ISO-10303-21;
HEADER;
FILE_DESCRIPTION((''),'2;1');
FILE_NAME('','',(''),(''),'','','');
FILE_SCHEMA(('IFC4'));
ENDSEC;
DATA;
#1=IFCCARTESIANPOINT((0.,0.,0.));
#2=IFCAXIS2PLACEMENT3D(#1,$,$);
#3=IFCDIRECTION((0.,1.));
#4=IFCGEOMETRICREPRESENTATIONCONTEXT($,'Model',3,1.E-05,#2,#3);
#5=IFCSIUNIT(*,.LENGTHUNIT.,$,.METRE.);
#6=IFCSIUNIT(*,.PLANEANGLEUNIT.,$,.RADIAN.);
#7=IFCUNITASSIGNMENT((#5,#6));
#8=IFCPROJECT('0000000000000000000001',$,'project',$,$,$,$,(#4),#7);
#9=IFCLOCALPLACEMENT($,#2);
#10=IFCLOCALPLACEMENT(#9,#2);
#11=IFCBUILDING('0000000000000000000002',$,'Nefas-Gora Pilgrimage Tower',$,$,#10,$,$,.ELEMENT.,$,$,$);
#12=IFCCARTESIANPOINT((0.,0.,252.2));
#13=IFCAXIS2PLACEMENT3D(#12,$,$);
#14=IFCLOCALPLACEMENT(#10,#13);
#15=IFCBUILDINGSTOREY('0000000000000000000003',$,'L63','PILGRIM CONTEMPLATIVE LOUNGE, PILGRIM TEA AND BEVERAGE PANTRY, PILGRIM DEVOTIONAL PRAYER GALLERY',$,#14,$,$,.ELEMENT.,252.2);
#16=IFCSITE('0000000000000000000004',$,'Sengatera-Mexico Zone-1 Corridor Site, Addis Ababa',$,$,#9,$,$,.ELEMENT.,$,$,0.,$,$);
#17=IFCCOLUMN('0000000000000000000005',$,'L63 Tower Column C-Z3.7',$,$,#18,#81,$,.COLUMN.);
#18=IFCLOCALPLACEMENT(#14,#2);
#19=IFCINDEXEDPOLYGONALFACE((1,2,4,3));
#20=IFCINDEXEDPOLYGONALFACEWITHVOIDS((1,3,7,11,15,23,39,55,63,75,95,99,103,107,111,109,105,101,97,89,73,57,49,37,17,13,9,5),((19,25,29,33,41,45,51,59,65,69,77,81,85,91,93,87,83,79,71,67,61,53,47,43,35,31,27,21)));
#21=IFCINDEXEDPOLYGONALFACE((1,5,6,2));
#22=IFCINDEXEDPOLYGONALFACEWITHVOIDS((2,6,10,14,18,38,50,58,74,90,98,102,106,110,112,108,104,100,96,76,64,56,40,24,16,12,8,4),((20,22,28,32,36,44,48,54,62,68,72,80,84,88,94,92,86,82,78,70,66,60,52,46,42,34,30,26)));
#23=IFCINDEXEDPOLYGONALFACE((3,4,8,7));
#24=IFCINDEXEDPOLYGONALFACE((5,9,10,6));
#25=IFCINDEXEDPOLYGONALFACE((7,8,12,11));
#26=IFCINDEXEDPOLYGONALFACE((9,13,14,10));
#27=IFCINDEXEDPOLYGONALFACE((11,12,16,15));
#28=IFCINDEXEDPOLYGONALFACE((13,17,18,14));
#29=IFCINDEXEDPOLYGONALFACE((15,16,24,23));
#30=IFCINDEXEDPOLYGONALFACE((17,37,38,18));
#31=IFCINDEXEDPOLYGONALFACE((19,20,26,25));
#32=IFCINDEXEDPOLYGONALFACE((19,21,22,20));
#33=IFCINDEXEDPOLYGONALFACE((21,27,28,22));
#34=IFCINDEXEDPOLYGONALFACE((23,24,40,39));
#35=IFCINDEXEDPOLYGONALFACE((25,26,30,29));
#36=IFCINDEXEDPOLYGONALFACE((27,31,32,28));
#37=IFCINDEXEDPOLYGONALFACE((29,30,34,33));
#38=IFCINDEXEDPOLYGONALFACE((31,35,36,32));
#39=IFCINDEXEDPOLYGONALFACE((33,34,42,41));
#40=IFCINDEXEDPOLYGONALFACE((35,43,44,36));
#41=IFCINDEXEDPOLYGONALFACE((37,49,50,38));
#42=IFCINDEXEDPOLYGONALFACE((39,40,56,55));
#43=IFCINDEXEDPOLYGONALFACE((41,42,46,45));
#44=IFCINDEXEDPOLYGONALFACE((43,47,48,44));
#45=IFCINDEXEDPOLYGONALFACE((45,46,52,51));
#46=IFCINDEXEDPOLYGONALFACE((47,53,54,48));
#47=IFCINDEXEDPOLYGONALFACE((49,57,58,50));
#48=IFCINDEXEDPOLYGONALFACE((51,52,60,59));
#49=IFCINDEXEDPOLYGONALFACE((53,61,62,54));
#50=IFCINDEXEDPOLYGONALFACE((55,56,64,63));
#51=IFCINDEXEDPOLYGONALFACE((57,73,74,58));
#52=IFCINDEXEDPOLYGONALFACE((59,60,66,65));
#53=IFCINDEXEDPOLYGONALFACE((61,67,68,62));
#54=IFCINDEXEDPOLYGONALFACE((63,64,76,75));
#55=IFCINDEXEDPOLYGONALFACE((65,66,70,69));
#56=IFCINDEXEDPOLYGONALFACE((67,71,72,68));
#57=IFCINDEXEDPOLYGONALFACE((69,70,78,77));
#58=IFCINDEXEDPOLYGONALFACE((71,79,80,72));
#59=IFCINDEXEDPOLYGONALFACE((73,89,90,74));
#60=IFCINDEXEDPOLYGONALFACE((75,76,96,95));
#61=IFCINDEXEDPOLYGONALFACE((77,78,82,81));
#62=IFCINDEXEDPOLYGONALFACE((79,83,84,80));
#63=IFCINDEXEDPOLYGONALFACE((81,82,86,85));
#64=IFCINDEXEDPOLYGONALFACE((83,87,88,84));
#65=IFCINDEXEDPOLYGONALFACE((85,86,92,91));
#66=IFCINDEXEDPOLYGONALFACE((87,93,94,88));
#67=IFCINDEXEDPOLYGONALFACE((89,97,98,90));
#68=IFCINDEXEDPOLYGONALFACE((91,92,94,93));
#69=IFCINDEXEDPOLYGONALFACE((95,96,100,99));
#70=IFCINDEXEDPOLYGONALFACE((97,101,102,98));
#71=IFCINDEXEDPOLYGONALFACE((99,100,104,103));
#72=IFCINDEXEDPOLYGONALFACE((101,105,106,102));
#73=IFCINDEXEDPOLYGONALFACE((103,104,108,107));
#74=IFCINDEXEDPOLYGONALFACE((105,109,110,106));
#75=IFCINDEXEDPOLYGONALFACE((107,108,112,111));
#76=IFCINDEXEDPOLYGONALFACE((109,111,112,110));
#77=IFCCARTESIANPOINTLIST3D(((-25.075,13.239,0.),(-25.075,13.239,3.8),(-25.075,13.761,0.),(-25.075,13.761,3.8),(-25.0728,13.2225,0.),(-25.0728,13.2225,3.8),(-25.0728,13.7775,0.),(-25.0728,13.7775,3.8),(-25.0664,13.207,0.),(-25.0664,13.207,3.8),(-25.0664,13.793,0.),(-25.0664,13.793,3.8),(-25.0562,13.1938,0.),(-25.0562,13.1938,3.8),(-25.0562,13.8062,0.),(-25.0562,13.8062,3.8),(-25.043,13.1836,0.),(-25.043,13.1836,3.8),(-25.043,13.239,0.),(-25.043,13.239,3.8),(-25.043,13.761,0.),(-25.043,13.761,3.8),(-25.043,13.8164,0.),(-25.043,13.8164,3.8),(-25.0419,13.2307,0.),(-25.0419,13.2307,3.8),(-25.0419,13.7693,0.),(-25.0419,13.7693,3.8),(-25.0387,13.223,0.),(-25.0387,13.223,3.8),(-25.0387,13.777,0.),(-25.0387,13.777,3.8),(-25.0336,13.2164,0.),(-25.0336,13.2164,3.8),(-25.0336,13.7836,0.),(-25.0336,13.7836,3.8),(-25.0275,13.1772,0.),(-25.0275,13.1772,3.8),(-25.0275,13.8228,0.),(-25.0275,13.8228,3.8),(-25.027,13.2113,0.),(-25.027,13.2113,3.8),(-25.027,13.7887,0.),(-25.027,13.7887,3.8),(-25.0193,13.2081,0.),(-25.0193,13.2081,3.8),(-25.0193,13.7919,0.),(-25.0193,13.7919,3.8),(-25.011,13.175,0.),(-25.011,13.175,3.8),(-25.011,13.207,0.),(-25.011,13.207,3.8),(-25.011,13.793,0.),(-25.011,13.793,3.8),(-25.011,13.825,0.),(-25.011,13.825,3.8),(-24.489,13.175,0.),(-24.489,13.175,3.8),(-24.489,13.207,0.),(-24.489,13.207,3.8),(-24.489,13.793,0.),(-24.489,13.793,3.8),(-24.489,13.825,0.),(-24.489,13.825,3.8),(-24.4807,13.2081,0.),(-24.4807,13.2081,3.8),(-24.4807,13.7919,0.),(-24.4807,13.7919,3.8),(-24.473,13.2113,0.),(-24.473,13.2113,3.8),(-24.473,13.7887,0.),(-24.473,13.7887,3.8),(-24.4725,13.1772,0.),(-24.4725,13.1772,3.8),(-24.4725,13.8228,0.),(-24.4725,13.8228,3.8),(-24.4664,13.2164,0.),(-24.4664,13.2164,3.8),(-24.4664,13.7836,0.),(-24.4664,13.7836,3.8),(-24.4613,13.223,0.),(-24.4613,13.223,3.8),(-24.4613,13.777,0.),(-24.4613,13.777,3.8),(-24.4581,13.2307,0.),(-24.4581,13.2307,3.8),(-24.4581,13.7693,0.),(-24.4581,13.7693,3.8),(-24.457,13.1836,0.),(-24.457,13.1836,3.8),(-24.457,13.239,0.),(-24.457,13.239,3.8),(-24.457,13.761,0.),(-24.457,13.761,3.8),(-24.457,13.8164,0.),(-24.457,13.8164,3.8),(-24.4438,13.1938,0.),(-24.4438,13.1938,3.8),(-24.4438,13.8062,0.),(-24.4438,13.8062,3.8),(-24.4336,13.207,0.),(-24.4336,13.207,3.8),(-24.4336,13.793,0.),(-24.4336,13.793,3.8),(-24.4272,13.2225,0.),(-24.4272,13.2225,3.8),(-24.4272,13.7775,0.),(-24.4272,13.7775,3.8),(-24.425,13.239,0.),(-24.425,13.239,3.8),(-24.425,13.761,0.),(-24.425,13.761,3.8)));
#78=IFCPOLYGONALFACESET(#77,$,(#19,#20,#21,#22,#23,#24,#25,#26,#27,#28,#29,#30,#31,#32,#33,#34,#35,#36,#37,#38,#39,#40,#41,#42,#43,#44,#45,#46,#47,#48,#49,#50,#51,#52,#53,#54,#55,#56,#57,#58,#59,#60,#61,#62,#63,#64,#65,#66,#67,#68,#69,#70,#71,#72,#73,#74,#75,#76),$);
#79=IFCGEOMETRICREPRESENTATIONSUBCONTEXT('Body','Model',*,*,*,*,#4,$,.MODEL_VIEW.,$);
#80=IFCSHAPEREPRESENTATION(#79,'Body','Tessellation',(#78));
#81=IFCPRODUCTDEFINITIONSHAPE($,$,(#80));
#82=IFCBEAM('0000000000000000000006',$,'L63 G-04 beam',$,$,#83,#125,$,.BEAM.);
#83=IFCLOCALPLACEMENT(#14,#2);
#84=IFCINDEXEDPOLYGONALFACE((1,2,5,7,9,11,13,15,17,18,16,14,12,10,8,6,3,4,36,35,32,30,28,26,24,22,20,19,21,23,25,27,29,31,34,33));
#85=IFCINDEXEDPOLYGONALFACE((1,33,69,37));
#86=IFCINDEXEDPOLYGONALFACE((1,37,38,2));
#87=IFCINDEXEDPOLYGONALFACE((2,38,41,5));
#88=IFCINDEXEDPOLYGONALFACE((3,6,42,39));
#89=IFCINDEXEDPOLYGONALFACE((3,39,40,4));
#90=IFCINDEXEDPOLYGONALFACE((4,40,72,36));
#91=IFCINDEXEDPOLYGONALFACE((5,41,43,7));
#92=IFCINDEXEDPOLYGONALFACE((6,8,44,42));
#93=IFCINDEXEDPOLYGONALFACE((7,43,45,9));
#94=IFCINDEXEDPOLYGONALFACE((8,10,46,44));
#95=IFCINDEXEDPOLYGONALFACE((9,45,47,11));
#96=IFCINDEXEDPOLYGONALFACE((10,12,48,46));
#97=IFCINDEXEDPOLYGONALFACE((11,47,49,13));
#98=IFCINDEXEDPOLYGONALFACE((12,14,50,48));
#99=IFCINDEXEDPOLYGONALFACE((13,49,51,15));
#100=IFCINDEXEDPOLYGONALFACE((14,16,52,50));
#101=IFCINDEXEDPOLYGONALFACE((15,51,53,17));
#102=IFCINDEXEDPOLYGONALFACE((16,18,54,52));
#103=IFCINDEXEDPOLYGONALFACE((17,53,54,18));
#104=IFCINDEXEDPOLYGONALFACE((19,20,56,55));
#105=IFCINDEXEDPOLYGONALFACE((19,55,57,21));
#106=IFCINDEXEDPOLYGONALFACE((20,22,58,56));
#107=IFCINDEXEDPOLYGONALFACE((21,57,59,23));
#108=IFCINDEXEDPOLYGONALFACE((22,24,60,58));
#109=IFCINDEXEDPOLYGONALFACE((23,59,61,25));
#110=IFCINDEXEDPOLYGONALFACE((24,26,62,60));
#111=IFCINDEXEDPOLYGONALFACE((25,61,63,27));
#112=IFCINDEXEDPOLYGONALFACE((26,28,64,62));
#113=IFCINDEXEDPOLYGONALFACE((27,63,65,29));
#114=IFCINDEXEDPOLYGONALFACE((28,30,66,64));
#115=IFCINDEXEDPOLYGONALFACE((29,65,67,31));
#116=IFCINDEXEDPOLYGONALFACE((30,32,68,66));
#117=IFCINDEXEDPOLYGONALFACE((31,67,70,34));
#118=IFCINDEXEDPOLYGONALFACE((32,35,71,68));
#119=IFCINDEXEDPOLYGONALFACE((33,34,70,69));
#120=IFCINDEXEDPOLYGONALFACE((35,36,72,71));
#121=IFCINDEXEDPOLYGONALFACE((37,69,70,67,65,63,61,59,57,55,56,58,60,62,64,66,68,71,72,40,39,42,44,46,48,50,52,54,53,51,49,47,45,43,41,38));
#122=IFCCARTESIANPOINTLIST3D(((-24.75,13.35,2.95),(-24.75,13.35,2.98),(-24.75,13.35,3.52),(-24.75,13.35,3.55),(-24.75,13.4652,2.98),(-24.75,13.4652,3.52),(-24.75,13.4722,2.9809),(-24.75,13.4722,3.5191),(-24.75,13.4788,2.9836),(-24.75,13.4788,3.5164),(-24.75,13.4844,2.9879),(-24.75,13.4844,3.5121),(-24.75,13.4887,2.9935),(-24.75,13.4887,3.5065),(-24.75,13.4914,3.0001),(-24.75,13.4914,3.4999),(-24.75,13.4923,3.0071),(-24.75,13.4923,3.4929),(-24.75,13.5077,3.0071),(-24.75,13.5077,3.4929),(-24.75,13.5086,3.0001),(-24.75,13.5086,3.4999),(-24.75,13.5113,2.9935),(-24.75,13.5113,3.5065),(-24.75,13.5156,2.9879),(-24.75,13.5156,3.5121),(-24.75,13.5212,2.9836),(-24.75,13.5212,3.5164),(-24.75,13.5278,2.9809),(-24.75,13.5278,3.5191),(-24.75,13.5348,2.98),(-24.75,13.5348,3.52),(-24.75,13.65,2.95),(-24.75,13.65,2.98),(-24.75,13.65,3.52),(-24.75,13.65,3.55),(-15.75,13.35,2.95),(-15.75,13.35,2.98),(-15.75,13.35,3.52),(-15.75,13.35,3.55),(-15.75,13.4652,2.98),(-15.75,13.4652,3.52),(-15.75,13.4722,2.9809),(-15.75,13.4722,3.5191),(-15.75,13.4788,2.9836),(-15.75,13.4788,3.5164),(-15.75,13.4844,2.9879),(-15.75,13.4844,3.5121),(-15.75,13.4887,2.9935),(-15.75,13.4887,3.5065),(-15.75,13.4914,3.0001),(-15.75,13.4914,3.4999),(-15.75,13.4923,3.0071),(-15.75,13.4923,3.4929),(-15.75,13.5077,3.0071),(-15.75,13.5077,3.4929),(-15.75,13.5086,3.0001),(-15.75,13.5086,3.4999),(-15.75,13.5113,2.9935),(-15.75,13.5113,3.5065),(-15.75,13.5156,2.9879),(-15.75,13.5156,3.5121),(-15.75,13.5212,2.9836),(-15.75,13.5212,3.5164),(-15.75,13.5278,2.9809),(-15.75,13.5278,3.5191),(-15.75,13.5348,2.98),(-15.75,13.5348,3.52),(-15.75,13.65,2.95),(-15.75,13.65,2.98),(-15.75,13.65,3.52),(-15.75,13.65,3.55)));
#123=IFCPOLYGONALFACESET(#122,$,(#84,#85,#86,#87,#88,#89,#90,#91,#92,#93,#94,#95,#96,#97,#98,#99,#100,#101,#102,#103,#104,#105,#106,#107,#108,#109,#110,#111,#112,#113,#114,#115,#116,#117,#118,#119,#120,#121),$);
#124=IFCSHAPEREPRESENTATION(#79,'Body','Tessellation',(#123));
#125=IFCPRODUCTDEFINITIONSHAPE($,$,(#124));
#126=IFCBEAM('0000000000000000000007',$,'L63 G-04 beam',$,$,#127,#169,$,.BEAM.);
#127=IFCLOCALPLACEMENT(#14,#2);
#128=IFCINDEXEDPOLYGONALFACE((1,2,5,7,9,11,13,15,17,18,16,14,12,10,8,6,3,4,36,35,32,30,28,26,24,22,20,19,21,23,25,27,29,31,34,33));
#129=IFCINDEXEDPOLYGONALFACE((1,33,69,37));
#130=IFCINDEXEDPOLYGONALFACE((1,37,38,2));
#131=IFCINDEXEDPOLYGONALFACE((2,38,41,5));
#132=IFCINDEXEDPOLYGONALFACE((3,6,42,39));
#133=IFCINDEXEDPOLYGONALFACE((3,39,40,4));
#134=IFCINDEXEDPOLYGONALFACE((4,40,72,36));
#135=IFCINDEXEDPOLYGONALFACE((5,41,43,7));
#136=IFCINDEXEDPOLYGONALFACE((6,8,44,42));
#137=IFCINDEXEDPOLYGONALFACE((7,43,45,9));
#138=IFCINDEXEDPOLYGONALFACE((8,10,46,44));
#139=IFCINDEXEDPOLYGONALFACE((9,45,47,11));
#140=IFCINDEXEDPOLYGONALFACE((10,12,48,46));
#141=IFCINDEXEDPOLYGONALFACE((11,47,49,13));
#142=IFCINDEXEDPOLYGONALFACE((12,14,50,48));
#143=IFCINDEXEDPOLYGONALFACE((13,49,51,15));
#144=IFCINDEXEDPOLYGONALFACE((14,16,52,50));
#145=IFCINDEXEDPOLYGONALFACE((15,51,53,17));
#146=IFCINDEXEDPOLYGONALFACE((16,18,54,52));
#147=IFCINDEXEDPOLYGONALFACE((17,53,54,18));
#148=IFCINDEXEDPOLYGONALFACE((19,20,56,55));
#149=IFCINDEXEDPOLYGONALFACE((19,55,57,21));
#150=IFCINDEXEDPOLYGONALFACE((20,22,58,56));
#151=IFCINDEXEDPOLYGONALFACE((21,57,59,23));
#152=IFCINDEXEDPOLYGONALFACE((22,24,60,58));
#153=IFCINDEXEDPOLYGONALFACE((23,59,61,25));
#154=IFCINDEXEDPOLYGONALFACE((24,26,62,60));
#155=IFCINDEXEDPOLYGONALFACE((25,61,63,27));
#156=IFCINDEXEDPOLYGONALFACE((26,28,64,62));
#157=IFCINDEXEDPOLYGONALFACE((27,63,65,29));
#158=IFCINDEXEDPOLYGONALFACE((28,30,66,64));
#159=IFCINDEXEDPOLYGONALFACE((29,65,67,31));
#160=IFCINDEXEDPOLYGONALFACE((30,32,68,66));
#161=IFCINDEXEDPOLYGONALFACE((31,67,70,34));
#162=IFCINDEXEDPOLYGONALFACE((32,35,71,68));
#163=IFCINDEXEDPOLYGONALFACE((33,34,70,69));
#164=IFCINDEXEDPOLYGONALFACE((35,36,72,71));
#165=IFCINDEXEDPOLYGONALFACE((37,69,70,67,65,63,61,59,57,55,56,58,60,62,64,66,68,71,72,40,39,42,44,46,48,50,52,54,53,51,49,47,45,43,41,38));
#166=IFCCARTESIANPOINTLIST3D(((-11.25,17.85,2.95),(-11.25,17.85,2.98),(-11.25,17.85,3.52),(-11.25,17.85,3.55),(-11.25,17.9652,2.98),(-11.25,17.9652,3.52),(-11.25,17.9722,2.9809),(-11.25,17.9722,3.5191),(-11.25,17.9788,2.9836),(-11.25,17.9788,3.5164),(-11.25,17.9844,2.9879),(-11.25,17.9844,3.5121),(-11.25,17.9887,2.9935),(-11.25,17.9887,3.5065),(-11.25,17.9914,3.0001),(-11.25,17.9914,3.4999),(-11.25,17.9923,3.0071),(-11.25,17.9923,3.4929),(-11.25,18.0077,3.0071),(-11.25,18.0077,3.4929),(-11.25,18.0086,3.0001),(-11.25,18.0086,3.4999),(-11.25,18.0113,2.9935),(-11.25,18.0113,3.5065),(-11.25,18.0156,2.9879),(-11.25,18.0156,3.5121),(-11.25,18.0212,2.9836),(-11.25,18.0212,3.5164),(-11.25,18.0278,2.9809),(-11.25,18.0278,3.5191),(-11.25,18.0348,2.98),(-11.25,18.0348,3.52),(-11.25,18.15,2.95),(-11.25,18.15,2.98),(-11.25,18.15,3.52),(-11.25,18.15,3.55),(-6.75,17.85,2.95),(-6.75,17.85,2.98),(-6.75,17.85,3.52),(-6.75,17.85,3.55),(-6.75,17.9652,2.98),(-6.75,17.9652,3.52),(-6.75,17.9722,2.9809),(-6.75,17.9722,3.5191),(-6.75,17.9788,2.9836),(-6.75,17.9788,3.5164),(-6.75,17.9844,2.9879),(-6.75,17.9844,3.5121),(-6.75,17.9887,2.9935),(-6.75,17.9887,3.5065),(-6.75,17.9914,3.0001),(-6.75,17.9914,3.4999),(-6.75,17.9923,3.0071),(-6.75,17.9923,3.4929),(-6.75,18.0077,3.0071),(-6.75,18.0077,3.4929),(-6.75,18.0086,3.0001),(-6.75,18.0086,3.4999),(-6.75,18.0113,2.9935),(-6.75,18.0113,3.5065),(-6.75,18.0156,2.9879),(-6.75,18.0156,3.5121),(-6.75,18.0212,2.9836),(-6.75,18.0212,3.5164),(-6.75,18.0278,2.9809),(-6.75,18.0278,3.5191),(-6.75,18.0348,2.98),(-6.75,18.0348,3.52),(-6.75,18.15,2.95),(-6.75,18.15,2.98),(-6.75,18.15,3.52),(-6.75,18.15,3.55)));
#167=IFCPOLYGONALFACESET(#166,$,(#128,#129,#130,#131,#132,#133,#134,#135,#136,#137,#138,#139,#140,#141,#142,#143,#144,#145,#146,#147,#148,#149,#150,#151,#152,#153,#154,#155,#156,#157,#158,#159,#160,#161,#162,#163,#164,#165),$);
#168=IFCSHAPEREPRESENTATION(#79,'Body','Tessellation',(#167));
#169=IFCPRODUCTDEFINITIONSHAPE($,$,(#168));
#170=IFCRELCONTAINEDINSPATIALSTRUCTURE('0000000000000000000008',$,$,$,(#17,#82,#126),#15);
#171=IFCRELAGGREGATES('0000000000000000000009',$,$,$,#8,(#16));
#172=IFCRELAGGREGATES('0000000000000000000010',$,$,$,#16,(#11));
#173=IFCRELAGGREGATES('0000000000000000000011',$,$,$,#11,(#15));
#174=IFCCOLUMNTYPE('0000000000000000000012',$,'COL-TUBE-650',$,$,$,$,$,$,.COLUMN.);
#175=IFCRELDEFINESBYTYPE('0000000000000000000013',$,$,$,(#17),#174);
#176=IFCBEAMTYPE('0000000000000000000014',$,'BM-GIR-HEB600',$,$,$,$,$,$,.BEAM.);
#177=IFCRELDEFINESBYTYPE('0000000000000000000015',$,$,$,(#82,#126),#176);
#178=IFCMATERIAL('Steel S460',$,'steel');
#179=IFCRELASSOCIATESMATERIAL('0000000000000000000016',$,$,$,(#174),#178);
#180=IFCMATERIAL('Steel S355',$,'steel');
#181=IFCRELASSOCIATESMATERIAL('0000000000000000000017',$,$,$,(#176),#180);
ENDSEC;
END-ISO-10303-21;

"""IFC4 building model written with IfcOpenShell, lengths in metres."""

from ifc_helpers import new_model, si_unit, direction, frame, origin, origin_2d, place, context, subcontext, project, spatial, hollow_rectangle, i_section, extrude, source, transform, mapped, material, material_profile, profile_set, type_object, element, save


model = new_model("IFC4")

# Units and contexts
model_context = context("Model", 3, precision=1e-05, world=origin(), true_north=direction((0.0, 1.0)))
body_context = subcontext(model_context, "Body", "Model", "MODEL_VIEW")
ifc_project = project(units=[si_unit("LENGTHUNIT", "METRE"), si_unit("PLANEANGLEUNIT", "RADIAN")], contexts=[model_context])

# Site, building, storey
site_placement = place(None, origin())
site = spatial("IfcSite", under=ifc_project, at=site_placement, Name="Sengatera-Mexico Zone-1 Corridor Site, Addis Ababa", CompositionType="ELEMENT", RefElevation=0.0)
building_placement = place(site_placement, origin())
building = spatial("IfcBuilding", under=site, at=building_placement, Name="Nefas-Gora Pilgrimage Tower", CompositionType="ELEMENT")
storey_placement = place(building_placement, frame((0.0, 0.0, 252.2)))
storey = spatial("IfcBuildingStorey", under=building, at=storey_placement, Name="L63", Description="PILGRIM CONTEMPLATIVE LOUNGE, PILGRIM TEA AND BEVERAGE PANTRY, PILGRIM DEVOTIONAL PRAYER GALLERY", CompositionType="ELEMENT", Elevation=252.2)

# Column
ifc_material_1 = material(Name="Steel S460", Category="steel")
ifc_material_profile_1 = material_profile(ifc_material_1, hollow_rectangle(XDim=0.6499, YDim=0.6499, WallThickness=0.032, InnerFilletRadius=0.032, OuterFilletRadius=0.064, at=origin_2d()), Name="BOX 650x650x32")
ifc_profile_set_1 = profile_set([ifc_material_profile_1], Name="Steel S460")
column_type_1 = type_object("IfcColumnType", Name="COL-TUBE-650", PredefinedType="COLUMN", material=ifc_profile_set_1)
shared_shape_1 = source(origin(), body_context, "Body", "SweptSolid", [
    extrude(hollow_rectangle(XDim=0.6499, YDim=0.6499, WallThickness=0.032, InnerFilletRadius=0.032, OuterFilletRadius=0.064, at=origin_2d()), origin(), (0.0, 0.0, 1.0), 3.8),
])
column_placement = place(storey_placement, frame((-24.75, 13.5, 0.0), z_axis=(0.0, 0.0, 1.0), x_axis=(1.0, 0.0, 0.0)))
element("IfcColumn", 1, at=column_placement, inside=storey, type_object=column_type_1, Name="L63 Tower Column C-Z3.7", PredefinedType="COLUMN", context=body_context, shape_type="MappedRepresentation", body=[
    mapped(shared_shape_1, transform((0.0, 0.0, 0.0), x_axis=(1.0, 0.0, 0.0), y_axis=(0.0, 1.0, 0.0), z_axis=(0.0, 0.0, 1.0), scale=1.0)),
])

# Beams
ifc_material_2 = material(Name="Steel S355", Category="steel")
ifc_material_profile_2 = material_profile(ifc_material_2, i_section(OverallWidth=0.3, OverallDepth=0.6001, WebThickness=0.0154, FlangeThickness=0.03, FilletRadius=0.0271, at=origin_2d()), Name="HEB 600")
ifc_profile_set_2 = profile_set([ifc_material_profile_2], Name="Steel S355")
beam_type = type_object("IfcBeamType", Name="BM-GIR-HEB600", PredefinedType="BEAM", material=ifc_profile_set_2)
shared_shape_2 = source(origin(), body_context, "Body", "SweptSolid", [
    extrude(i_section(OverallWidth=0.3, OverallDepth=0.6001, WebThickness=0.0154, FlangeThickness=0.03, FilletRadius=0.0271, at=origin_2d()), origin(), (0.0, 0.0, 1.0), 9.0),
])
beam_1_placement = place(storey_placement, frame((-24.75, 13.5, 3.25), z_axis=(1.0, 0.0, 0.0), x_axis=(0.0, 1.0, 0.0)))
element("IfcBeam", 2, at=beam_1_placement, inside=storey, type_object=beam_type, Name="L63 G-04 beam", PredefinedType="BEAM", context=body_context, shape_type="MappedRepresentation", body=[
    mapped(shared_shape_2, transform((0.0, 0.0, 0.0), x_axis=(1.0, 0.0, 0.0), y_axis=(0.0, 1.0, 0.0), z_axis=(0.0, 0.0, 1.0), scale=1.0)),
])
shared_shape_3 = source(origin(), body_context, "Body", "SweptSolid", [
    extrude(i_section(OverallWidth=0.3, OverallDepth=0.6001, WebThickness=0.0154, FlangeThickness=0.03, FilletRadius=0.0271, at=origin_2d()), origin(), (0.0, 0.0, 1.0), 4.5),
])
beam_2_placement = place(storey_placement, frame((-11.25, 18.0, 3.25), z_axis=(1.0, 0.0, 0.0), x_axis=(0.0, 1.0, 0.0)))
element("IfcBeam", 3, at=beam_2_placement, inside=storey, type_object=beam_type, Name="L63 G-04 beam", PredefinedType="BEAM", context=body_context, shape_type="MappedRepresentation", body=[
    mapped(shared_shape_3, transform((0.0, 0.0, 0.0), x_axis=(1.0, 0.0, 0.0), y_axis=(0.0, 1.0, 0.0), z_axis=(0.0, 0.0, 1.0), scale=1.0)),
])

save(model, "model.ifc")
